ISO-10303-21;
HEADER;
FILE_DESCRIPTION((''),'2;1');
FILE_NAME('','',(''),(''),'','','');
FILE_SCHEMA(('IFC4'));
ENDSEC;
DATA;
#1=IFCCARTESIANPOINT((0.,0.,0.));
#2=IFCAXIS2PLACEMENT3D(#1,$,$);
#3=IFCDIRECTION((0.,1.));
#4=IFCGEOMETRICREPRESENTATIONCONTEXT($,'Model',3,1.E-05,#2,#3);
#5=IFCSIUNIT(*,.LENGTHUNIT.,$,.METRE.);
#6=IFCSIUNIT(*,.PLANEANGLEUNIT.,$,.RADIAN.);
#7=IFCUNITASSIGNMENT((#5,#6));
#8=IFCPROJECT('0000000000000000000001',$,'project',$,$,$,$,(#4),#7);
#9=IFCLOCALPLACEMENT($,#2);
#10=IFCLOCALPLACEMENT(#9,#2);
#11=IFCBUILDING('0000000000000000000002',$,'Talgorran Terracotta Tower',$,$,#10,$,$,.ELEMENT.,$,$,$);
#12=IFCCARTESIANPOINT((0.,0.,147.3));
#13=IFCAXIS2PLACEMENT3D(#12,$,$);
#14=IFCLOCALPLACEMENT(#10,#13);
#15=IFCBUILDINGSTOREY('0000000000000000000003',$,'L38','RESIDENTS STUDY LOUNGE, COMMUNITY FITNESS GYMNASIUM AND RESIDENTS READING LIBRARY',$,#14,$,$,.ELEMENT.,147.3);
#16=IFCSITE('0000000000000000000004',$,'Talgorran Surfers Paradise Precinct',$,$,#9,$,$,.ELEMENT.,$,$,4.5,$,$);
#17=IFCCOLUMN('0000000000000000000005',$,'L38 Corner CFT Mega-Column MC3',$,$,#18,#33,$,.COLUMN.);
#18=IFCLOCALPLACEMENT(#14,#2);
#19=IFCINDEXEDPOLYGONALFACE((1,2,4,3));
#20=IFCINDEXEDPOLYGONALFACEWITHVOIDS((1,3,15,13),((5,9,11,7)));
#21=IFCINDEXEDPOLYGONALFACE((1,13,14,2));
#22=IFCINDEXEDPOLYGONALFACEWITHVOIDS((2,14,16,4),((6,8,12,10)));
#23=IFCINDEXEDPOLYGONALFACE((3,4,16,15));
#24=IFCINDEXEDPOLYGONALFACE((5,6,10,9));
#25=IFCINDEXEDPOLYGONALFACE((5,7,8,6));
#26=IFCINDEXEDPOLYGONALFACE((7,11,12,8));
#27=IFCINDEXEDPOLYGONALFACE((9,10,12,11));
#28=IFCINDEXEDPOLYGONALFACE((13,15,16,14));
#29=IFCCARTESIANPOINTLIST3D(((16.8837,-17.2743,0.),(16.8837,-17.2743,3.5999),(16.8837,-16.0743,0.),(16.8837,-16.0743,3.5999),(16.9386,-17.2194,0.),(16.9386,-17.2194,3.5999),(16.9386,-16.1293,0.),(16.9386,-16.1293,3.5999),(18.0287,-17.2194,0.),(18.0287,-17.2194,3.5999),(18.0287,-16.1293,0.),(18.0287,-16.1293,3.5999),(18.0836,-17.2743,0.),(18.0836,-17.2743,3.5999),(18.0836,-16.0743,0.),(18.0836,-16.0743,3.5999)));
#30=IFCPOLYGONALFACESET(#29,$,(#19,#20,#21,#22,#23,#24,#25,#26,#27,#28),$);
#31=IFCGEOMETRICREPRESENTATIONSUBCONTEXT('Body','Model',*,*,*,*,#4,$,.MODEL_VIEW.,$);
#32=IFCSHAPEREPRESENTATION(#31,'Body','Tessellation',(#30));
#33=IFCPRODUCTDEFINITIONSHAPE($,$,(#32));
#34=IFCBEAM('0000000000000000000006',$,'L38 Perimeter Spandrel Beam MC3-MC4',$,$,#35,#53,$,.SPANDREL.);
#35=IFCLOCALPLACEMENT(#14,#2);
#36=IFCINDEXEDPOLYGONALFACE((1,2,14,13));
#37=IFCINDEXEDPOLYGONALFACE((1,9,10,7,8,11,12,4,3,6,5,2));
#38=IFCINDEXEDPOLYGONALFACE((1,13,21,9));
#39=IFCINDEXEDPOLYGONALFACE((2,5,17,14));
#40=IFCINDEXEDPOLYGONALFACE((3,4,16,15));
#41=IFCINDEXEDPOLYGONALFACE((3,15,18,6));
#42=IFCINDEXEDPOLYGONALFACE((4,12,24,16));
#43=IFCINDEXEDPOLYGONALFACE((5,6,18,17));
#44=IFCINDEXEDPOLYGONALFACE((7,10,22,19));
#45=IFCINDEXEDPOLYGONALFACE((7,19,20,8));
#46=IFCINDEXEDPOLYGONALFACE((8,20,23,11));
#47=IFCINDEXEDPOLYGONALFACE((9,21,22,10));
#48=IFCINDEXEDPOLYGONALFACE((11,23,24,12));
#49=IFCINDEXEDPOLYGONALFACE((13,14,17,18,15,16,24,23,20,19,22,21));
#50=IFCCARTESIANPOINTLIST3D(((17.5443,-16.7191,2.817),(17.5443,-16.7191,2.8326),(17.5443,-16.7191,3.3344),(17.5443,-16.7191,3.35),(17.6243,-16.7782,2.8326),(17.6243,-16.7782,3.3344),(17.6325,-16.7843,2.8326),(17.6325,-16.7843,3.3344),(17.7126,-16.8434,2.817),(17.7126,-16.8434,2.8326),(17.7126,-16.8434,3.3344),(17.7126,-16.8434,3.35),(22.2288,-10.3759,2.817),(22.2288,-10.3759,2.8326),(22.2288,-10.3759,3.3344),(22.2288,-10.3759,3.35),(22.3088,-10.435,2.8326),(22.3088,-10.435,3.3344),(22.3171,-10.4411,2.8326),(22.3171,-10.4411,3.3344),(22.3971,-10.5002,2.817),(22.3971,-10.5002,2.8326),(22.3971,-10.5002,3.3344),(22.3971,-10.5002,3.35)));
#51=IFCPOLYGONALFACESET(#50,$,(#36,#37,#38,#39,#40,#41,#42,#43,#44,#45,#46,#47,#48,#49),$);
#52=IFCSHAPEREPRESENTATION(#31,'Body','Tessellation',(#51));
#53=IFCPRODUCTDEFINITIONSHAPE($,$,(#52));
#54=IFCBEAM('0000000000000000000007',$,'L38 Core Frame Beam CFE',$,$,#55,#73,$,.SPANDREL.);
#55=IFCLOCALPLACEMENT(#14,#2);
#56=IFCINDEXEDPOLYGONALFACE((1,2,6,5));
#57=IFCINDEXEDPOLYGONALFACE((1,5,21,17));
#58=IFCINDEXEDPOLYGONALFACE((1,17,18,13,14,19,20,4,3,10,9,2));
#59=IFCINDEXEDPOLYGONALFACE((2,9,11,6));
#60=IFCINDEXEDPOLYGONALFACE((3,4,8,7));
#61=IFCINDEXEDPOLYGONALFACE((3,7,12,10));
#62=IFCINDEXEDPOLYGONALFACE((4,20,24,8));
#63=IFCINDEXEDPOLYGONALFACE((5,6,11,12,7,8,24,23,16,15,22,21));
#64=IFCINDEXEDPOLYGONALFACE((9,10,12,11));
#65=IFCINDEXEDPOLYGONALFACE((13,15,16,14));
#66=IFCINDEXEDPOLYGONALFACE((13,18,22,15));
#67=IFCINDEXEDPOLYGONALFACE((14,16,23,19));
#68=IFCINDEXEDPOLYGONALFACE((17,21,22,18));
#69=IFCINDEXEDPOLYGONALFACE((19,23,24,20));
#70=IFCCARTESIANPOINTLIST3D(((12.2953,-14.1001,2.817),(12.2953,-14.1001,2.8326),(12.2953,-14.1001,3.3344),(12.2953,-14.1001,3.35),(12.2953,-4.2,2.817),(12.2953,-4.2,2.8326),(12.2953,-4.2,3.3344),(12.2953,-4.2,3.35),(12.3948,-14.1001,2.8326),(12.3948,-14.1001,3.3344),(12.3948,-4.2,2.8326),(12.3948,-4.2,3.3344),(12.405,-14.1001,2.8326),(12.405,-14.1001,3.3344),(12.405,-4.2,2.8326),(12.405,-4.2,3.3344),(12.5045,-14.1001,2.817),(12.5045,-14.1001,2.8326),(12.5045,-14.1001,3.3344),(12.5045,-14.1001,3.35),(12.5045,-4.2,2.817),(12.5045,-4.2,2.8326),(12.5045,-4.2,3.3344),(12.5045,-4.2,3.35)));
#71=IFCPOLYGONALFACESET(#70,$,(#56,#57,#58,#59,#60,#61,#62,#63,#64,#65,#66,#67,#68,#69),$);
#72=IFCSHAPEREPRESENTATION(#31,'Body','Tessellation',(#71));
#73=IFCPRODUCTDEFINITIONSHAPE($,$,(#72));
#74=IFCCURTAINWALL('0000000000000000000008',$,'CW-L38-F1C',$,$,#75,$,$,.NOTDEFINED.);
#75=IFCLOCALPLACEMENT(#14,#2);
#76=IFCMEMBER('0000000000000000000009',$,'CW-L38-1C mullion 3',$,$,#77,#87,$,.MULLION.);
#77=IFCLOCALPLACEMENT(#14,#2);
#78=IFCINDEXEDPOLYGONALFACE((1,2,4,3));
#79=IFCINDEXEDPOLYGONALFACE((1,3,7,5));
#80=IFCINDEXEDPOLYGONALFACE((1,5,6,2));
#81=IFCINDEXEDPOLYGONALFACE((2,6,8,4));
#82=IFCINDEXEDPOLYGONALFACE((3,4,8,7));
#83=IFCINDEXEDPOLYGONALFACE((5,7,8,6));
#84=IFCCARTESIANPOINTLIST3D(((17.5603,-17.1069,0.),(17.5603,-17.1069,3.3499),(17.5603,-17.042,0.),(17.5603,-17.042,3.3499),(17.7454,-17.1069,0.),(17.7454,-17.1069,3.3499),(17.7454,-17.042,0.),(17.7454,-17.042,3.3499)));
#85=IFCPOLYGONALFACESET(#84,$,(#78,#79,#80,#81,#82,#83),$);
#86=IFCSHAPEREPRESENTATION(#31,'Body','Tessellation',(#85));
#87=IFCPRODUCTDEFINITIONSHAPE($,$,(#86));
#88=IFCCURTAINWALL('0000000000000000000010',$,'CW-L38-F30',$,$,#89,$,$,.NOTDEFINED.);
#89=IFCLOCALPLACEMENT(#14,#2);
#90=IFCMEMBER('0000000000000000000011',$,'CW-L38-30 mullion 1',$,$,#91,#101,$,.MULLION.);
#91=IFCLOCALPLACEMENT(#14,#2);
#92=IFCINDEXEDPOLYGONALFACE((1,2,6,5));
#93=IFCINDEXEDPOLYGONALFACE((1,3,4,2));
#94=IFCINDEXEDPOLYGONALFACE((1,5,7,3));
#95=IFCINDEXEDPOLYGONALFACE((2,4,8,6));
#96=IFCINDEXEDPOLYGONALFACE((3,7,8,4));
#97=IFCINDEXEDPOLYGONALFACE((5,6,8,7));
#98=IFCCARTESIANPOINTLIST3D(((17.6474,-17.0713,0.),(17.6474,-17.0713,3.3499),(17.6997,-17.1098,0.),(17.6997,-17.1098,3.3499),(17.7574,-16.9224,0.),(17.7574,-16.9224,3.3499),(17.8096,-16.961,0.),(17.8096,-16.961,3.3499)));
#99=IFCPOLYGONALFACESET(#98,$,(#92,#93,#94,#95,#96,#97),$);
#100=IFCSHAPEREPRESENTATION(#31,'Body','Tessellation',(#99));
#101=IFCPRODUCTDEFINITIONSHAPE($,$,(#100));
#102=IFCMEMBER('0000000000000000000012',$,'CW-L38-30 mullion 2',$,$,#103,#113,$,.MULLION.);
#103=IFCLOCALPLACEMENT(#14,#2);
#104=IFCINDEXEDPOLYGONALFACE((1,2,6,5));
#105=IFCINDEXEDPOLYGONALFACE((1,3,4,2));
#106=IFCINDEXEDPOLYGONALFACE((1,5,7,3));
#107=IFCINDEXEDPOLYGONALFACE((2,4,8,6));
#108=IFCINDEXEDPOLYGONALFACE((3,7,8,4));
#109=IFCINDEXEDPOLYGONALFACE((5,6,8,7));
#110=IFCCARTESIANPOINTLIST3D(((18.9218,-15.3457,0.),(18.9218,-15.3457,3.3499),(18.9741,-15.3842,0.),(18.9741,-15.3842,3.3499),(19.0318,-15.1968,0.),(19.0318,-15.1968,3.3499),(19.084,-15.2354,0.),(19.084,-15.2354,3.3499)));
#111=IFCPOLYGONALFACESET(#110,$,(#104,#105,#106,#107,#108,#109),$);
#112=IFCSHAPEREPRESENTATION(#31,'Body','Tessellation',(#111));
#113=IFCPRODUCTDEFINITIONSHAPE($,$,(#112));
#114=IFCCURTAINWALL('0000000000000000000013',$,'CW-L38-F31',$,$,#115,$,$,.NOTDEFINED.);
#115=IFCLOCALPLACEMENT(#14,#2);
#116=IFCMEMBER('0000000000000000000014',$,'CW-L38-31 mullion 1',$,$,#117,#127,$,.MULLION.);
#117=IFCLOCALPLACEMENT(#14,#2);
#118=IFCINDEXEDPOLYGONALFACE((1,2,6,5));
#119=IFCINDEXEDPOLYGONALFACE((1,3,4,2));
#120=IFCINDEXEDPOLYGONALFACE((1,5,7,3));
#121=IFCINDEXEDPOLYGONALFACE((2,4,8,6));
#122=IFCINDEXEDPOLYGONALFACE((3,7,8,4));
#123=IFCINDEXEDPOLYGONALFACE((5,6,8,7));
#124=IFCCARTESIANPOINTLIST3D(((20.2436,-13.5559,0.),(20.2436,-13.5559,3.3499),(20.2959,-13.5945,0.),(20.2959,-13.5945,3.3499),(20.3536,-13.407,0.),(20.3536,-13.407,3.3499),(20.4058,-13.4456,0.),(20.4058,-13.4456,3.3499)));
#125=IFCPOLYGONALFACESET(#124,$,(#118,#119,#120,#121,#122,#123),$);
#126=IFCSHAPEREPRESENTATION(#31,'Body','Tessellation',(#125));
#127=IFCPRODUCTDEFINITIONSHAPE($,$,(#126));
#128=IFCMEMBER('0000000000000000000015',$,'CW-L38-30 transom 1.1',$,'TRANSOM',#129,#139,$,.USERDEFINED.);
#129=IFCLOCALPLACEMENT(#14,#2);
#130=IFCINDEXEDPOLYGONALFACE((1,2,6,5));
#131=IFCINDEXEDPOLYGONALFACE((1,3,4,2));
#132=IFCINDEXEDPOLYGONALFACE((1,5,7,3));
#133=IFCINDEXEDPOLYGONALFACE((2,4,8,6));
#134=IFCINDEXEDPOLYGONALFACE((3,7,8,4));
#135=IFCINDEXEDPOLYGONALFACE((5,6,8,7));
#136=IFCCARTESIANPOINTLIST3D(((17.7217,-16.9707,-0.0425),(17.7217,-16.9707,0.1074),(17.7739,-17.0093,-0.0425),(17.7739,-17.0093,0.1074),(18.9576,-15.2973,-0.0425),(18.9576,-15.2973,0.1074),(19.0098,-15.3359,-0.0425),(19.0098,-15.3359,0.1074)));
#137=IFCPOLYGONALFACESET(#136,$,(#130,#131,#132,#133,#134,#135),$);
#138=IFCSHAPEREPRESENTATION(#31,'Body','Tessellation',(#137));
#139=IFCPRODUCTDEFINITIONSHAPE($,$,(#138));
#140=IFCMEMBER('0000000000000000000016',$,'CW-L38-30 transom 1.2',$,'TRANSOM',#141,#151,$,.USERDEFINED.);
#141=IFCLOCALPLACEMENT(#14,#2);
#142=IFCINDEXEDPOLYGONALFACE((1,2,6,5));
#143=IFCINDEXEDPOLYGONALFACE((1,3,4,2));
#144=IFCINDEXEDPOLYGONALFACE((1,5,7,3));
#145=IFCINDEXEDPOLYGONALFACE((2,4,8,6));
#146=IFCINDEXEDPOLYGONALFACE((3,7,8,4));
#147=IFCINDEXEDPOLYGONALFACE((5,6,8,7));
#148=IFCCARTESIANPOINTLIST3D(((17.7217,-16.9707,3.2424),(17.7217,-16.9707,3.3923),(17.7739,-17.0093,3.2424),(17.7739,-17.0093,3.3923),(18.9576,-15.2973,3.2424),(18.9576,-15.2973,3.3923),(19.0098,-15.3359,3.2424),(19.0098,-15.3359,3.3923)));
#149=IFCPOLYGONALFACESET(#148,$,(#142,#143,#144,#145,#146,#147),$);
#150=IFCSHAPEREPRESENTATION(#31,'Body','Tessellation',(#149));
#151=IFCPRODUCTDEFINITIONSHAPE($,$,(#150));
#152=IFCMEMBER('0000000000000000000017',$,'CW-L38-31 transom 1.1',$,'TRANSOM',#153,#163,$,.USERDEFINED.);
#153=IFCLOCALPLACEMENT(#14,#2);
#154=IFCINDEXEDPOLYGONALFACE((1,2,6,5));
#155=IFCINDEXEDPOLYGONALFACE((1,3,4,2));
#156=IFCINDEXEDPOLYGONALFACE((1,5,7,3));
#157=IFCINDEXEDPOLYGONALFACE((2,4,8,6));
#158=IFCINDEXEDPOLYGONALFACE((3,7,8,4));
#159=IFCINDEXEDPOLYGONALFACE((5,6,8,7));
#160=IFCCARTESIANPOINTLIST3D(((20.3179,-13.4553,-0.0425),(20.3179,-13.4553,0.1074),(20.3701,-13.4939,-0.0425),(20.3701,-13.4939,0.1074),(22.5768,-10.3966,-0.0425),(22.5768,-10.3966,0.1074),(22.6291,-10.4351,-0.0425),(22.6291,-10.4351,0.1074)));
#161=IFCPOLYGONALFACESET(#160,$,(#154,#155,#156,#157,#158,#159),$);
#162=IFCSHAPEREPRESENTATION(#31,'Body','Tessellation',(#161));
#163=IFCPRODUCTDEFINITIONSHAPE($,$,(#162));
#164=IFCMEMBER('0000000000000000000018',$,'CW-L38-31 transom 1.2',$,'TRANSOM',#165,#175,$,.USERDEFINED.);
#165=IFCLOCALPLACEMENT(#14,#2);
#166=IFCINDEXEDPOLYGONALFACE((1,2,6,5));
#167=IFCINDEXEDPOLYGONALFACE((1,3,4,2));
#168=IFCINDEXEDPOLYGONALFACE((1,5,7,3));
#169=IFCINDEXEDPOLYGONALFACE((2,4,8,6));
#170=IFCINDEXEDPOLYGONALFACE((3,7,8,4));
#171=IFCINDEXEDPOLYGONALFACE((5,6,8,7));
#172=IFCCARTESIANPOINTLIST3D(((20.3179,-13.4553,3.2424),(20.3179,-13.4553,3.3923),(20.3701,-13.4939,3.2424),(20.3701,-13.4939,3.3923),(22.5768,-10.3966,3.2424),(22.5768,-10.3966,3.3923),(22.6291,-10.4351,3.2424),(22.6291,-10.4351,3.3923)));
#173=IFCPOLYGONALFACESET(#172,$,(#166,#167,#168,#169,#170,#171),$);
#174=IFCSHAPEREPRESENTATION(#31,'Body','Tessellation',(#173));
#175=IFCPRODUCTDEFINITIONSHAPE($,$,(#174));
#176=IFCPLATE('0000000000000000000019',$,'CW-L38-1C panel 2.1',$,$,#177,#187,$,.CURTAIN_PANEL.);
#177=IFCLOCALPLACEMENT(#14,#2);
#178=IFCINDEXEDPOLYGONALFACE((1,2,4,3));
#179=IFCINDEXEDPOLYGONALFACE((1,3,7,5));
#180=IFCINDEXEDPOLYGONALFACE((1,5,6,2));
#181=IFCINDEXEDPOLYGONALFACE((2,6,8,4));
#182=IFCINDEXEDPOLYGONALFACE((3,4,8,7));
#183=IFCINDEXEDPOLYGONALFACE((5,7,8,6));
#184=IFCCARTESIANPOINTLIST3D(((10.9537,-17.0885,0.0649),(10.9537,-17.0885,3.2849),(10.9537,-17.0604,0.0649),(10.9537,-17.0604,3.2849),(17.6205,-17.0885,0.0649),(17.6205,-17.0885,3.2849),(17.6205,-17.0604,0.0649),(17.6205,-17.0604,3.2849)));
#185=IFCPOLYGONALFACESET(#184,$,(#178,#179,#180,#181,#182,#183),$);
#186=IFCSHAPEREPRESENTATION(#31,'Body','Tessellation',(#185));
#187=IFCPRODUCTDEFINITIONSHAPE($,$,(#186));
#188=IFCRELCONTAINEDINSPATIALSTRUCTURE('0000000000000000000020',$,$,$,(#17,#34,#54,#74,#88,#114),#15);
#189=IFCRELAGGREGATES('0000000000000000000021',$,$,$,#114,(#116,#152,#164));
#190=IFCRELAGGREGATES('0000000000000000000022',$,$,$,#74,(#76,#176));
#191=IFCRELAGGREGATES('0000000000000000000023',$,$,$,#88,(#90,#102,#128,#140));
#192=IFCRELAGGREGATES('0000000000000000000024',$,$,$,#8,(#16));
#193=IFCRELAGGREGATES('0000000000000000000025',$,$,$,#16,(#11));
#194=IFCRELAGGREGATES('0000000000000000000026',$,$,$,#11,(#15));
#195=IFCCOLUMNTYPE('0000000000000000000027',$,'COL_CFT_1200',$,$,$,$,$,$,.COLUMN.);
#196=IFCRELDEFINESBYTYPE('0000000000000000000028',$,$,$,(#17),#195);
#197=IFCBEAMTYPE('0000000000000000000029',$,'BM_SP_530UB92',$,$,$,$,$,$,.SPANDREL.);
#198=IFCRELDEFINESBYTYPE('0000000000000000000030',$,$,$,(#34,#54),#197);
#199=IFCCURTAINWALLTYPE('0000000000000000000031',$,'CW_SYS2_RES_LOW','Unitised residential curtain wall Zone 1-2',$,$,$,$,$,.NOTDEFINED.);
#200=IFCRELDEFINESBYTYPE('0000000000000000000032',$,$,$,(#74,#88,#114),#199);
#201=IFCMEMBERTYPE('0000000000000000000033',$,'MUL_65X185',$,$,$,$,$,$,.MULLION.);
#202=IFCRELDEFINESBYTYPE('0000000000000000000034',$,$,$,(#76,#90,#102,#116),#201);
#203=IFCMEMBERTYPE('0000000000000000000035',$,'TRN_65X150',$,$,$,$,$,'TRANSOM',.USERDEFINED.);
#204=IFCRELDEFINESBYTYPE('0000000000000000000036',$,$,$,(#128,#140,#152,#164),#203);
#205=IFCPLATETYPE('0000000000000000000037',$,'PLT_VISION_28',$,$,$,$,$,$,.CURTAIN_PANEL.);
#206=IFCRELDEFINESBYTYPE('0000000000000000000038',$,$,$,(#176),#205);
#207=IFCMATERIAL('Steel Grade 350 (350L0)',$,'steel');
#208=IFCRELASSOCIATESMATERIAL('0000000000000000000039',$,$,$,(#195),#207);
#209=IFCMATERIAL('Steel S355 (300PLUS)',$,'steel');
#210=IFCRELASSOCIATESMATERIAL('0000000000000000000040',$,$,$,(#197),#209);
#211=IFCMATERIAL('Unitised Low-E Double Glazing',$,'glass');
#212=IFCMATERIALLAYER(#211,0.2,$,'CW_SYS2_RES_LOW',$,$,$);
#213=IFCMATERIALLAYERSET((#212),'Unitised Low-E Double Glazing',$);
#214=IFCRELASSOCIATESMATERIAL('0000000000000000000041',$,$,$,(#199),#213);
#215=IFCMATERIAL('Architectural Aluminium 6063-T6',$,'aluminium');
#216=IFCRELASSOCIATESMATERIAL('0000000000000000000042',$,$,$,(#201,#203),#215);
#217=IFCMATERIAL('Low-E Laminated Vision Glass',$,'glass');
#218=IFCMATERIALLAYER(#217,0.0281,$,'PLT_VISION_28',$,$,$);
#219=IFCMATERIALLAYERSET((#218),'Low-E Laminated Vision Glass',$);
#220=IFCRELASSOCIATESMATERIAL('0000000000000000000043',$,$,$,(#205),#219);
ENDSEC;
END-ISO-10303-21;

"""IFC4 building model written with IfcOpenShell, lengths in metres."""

from ifc_helpers import new_model, si_unit, direction, frame, origin, origin_2d, place, context, subcontext, project, spatial, rectangle, hollow_rectangle, i_section, extrude, source, transform, mapped, material, layer, layer_set, material_profile, profile_set, type_object, element, aggregate, save


model = new_model("IFC4")

# Units and contexts
model_context = context("Model", 3, precision=1e-05, world=origin(), true_north=direction((0.0, 1.0)))
body_context = subcontext(model_context, "Body", "Model", "MODEL_VIEW")
ifc_project = project(units=[si_unit("LENGTHUNIT", "METRE"), si_unit("PLANEANGLEUNIT", "RADIAN")], contexts=[model_context])

# Site, building, storey
site_placement = place(None, origin())
site = spatial("IfcSite", under=ifc_project, at=site_placement, Name="Talgorran Surfers Paradise Precinct", CompositionType="ELEMENT", RefElevation=4.5)
building_placement = place(site_placement, origin())
building = spatial("IfcBuilding", under=site, at=building_placement, Name="Talgorran Terracotta Tower", CompositionType="ELEMENT")
storey_placement = place(building_placement, frame((0.0, 0.0, 147.3)))
storey = spatial("IfcBuildingStorey", under=building, at=storey_placement, Name="L38", Description="RESIDENTS STUDY LOUNGE, COMMUNITY FITNESS GYMNASIUM AND RESIDENTS READING LIBRARY", CompositionType="ELEMENT", Elevation=147.3)

# Column
ifc_material_1 = material(Name="Steel Grade 350 (350L0)", Category="steel")
ifc_material_profile_1 = material_profile(ifc_material_1, hollow_rectangle(XDim=1.2, YDim=1.2, WallThickness=0.0549, at=origin_2d()), Name="CFT1200X1200X55")
ifc_profile_set_1 = profile_set([ifc_material_profile_1], Name="Steel Grade 350 (350L0)")
column_type = type_object("IfcColumnType", Name="COL_CFT_1200", PredefinedType="COLUMN", material=ifc_profile_set_1)
column_placement = place(storey_placement, frame((17.4836, -16.6743, 0.0), z_axis=(0.0, 0.0, 1.0), x_axis=(1.0, 0.0, 0.0)))
element("IfcColumn", 1, at=column_placement, inside=storey, type_object=column_type, Name="L38 Corner CFT Mega-Column MC3", PredefinedType="COLUMN", context=body_context, shape_type="SweptSolid", body=[
    extrude(hollow_rectangle(XDim=1.2, YDim=1.2, WallThickness=0.0549, at=origin_2d()), origin(), (0.0, 0.0, 1.0), 3.5999),
])

# Beams
ifc_material_2 = material(Name="Steel S355 (300PLUS)", Category="steel")
ifc_material_profile_2 = material_profile(ifc_material_2, i_section(OverallWidth=0.2092, OverallDepth=0.533, WebThickness=0.0103, FlangeThickness=0.0156, at=origin_2d()), Name="530UB92.4")
ifc_profile_set_2 = profile_set([ifc_material_profile_2], Name="Steel S355 (300PLUS)")
beam_type = type_object("IfcBeamType", Name="BM_SP_530UB92", PredefinedType="SPANDREL", material=ifc_profile_set_2)
beam_1_placement = place(storey_placement, frame((17.6284, -16.7812, 3.0835), z_axis=(0.594069, 0.804414, 0.0), x_axis=(-0.804414, 0.594069, 0.0)))
element("IfcBeam", 2, at=beam_1_placement, inside=storey, type_object=beam_type, Name="L38 Perimeter Spandrel Beam MC3-MC4", PredefinedType="SPANDREL", context=body_context, shape_type="SweptSolid", body=[
    extrude(i_section(OverallWidth=0.2092, OverallDepth=0.533, WebThickness=0.0103, FlangeThickness=0.0156, at=origin_2d()), origin(), (0.0, 0.0, 1.0), 7.8855),
])
beam_2_placement = place(storey_placement, frame((12.3999, -14.1001, 3.0835), z_axis=(0.0, 1.0, 0.0), x_axis=(-1.0, 0.0, 0.0)))
element("IfcBeam", 3, at=beam_2_placement, inside=storey, type_object=beam_type, Name="L38 Core Frame Beam CFE", PredefinedType="SPANDREL", context=body_context, shape_type="SweptSolid", body=[
    extrude(i_section(OverallWidth=0.2092, OverallDepth=0.533, WebThickness=0.0103, FlangeThickness=0.0156, at=origin_2d()), origin(), (0.0, 0.0, 1.0), 9.9001),
])

# Curtain wall, member
ifc_material_3 = material(Name="Unitised Low-E Double Glazing", Category="glass")
ifc_layer_1 = layer(ifc_material_3, 0.2, Name="CW_SYS2_RES_LOW")
ifc_layer_set_1 = layer_set([ifc_layer_1], Name="Unitised Low-E Double Glazing")
curtain_wall_type = type_object("IfcCurtainWallType", Name="CW_SYS2_RES_LOW", Description="Unitised residential curtain wall Zone 1-2", PredefinedType="NOTDEFINED", material=ifc_layer_set_1)
curtain_wall_1_placement = place(storey_placement, origin())
curtain_wall_1 = element("IfcCurtainWall", 4, at=curtain_wall_1_placement, inside=storey, type_object=curtain_wall_type, Name="CW-L38-F1C", PredefinedType="NOTDEFINED")
ifc_material_4 = material(Name="Architectural Aluminium 6063-T6", Category="aluminium")
ifc_material_profile_3 = material_profile(ifc_material_4, rectangle(XDim=0.0649, YDim=0.1851, at=origin_2d()), Name="CWM65X185")
ifc_profile_set_3 = profile_set([ifc_material_profile_3], Name="Architectural Aluminium 6063-T6")
member_type_1 = type_object("IfcMemberType", Name="MUL_65X185", PredefinedType="MULLION", material=ifc_profile_set_3)
member_1_placement = place(storey_placement, frame((17.6528, -17.0745, 0.0), z_axis=(0.0, 0.0, 1.0), x_axis=(0.0, 1.0, 0.0)))
member_1 = element("IfcMember", 5, at=member_1_placement, type_object=member_type_1, Name="CW-L38-1C mullion 3", PredefinedType="MULLION", context=body_context, shape_type="SweptSolid", body=[
    extrude(rectangle(XDim=0.0649, YDim=0.1851, at=origin_2d()), origin(), (0.0, 0.0, 1.0), 3.3499),
])

# Curtain wall, members
curtain_wall_2_placement = place(storey_placement, origin())
curtain_wall_2 = element("IfcCurtainWall", 6, at=curtain_wall_2_placement, inside=storey, type_object=curtain_wall_type, Name="CW-L38-F30", PredefinedType="NOTDEFINED")
member_2_placement = place(storey_placement, frame((17.7285, -17.0161, 0.0), z_axis=(0.0, 0.0, 1.0), x_axis=(-0.804414, 0.594069, 0.0)))
member_2 = element("IfcMember", 7, at=member_2_placement, type_object=member_type_1, Name="CW-L38-30 mullion 1", PredefinedType="MULLION", context=body_context, shape_type="SweptSolid", body=[
    extrude(rectangle(XDim=0.0649, YDim=0.1851, at=origin_2d()), origin(), (0.0, 0.0, 1.0), 3.3499),
])
member_3_placement = place(storey_placement, frame((19.0029, -15.2905, 0.0), z_axis=(0.0, 0.0, 1.0), x_axis=(-0.804414, 0.594069, 0.0)))
member_3 = element("IfcMember", 8, at=member_3_placement, type_object=member_type_1, Name="CW-L38-30 mullion 2", PredefinedType="MULLION", context=body_context, shape_type="SweptSolid", body=[
    extrude(rectangle(XDim=0.0649, YDim=0.1851, at=origin_2d()), origin(), (0.0, 0.0, 1.0), 3.3499),
])

# Curtain wall, member
curtain_wall_3_placement = place(storey_placement, origin())
curtain_wall_3 = element("IfcCurtainWall", 9, at=curtain_wall_3_placement, inside=storey, type_object=curtain_wall_type, Name="CW-L38-F31", PredefinedType="NOTDEFINED")
member_4_placement = place(storey_placement, frame((20.3247, -13.5007, 0.0), z_axis=(0.0, 0.0, 1.0), x_axis=(-0.804403, 0.594084, 0.0)))
member_4 = element("IfcMember", 10, at=member_4_placement, type_object=member_type_1, Name="CW-L38-31 mullion 1", PredefinedType="MULLION", context=body_context, shape_type="SweptSolid", body=[
    extrude(rectangle(XDim=0.0649, YDim=0.1851, at=origin_2d()), origin(), (0.0, 0.0, 1.0), 3.3499),
])

# Members
ifc_material_profile_4 = material_profile(ifc_material_4, rectangle(XDim=0.0649, YDim=0.1499, at=origin_2d()), Name="CWT65X150")
ifc_profile_set_4 = profile_set([ifc_material_profile_4], Name="Architectural Aluminium 6063-T6")
member_type_2 = type_object("IfcMemberType", Name="TRN_65X150", ElementType="TRANSOM", PredefinedType="USERDEFINED", material=ifc_profile_set_4)
member_5_placement = place(storey_placement, frame((17.7478, -16.99, 0.0325), z_axis=(0.594087, 0.8044, 0.0), x_axis=(-0.8044, 0.594087, 0.0)))
member_5 = element("IfcMember", 11, at=member_5_placement, type_object=member_type_2, Name="CW-L38-30 transom 1.1", ObjectType="TRANSOM", PredefinedType="USERDEFINED", context=body_context, shape_type="SweptSolid", body=[
    extrude(rectangle(XDim=0.0649, YDim=0.1499, at=origin_2d()), origin(), (0.0, 0.0, 1.0), 2.0803),
])
member_6_placement = place(storey_placement, frame((17.7478, -16.99, 3.3174), z_axis=(0.594087, 0.8044, 0.0), x_axis=(-0.8044, 0.594087, 0.0)))
member_6 = element("IfcMember", 12, at=member_6_placement, type_object=member_type_2, Name="CW-L38-30 transom 1.2", ObjectType="TRANSOM", PredefinedType="USERDEFINED", context=body_context, shape_type="SweptSolid", body=[
    extrude(rectangle(XDim=0.0649, YDim=0.1499, at=origin_2d()), origin(), (0.0, 0.0, 1.0), 2.0803),
])
member_7_placement = place(storey_placement, frame((20.344, -13.4746, 0.0325), z_axis=(0.594077, 0.804408, 0.0), x_axis=(-0.804408, 0.594077, 0.0)))
member_7 = element("IfcMember", 13, at=member_7_placement, type_object=member_type_2, Name="CW-L38-31 transom 1.1", ObjectType="TRANSOM", PredefinedType="USERDEFINED", context=body_context, shape_type="SweptSolid", body=[
    extrude(rectangle(XDim=0.0649, YDim=0.1499, at=origin_2d()), origin(), (0.0, 0.0, 1.0), 3.8025),
])
member_8_placement = place(storey_placement, frame((20.344, -13.4746, 3.3174), z_axis=(0.594077, 0.804408, 0.0), x_axis=(-0.804408, 0.594077, 0.0)))
member_8 = element("IfcMember", 14, at=member_8_placement, type_object=member_type_2, Name="CW-L38-31 transom 1.2", ObjectType="TRANSOM", PredefinedType="USERDEFINED", context=body_context, shape_type="SweptSolid", body=[
    extrude(rectangle(XDim=0.0649, YDim=0.1499, at=origin_2d()), origin(), (0.0, 0.0, 1.0), 3.8025),
])
aggregate(curtain_wall_3, [member_4, member_7, member_8])

# Plate
ifc_material_5 = material(Name="Low-E Laminated Vision Glass", Category="glass")
ifc_layer_2 = layer(ifc_material_5, 0.0281, Name="PLT_VISION_28")
ifc_layer_set_2 = layer_set([ifc_layer_2], Name="Low-E Laminated Vision Glass")
plate_type = type_object("IfcPlateType", Name="PLT_VISION_28", PredefinedType="CURTAIN_PANEL", material=ifc_layer_set_2)
shared_shape_1 = source(origin(), body_context, "Body", "SweptSolid", [
    extrude(rectangle(XDim=6.6667, YDim=0.0281, at=origin_2d()), origin(), (0.0, 0.0, 1.0), 3.22),
])
plate_1_placement = place(storey_placement, frame((14.2871, -17.0745, 0.0649), z_axis=(0.0, 0.0, 1.0), x_axis=(1.0, 0.0, 0.0)))
plate_1 = element("IfcPlate", 15, at=plate_1_placement, type_object=plate_type, Name="CW-L38-1C panel 2.1", PredefinedType="CURTAIN_PANEL", context=body_context, shape_type="MappedRepresentation", body=[
    mapped(shared_shape_1, transform((0.0, 0.0, 0.0), scale=1.0)),
])
aggregate(curtain_wall_1, [member_1, plate_1])
aggregate(curtain_wall_2, [member_2, member_3, member_5, member_6])

save(model, "model.ifc")
